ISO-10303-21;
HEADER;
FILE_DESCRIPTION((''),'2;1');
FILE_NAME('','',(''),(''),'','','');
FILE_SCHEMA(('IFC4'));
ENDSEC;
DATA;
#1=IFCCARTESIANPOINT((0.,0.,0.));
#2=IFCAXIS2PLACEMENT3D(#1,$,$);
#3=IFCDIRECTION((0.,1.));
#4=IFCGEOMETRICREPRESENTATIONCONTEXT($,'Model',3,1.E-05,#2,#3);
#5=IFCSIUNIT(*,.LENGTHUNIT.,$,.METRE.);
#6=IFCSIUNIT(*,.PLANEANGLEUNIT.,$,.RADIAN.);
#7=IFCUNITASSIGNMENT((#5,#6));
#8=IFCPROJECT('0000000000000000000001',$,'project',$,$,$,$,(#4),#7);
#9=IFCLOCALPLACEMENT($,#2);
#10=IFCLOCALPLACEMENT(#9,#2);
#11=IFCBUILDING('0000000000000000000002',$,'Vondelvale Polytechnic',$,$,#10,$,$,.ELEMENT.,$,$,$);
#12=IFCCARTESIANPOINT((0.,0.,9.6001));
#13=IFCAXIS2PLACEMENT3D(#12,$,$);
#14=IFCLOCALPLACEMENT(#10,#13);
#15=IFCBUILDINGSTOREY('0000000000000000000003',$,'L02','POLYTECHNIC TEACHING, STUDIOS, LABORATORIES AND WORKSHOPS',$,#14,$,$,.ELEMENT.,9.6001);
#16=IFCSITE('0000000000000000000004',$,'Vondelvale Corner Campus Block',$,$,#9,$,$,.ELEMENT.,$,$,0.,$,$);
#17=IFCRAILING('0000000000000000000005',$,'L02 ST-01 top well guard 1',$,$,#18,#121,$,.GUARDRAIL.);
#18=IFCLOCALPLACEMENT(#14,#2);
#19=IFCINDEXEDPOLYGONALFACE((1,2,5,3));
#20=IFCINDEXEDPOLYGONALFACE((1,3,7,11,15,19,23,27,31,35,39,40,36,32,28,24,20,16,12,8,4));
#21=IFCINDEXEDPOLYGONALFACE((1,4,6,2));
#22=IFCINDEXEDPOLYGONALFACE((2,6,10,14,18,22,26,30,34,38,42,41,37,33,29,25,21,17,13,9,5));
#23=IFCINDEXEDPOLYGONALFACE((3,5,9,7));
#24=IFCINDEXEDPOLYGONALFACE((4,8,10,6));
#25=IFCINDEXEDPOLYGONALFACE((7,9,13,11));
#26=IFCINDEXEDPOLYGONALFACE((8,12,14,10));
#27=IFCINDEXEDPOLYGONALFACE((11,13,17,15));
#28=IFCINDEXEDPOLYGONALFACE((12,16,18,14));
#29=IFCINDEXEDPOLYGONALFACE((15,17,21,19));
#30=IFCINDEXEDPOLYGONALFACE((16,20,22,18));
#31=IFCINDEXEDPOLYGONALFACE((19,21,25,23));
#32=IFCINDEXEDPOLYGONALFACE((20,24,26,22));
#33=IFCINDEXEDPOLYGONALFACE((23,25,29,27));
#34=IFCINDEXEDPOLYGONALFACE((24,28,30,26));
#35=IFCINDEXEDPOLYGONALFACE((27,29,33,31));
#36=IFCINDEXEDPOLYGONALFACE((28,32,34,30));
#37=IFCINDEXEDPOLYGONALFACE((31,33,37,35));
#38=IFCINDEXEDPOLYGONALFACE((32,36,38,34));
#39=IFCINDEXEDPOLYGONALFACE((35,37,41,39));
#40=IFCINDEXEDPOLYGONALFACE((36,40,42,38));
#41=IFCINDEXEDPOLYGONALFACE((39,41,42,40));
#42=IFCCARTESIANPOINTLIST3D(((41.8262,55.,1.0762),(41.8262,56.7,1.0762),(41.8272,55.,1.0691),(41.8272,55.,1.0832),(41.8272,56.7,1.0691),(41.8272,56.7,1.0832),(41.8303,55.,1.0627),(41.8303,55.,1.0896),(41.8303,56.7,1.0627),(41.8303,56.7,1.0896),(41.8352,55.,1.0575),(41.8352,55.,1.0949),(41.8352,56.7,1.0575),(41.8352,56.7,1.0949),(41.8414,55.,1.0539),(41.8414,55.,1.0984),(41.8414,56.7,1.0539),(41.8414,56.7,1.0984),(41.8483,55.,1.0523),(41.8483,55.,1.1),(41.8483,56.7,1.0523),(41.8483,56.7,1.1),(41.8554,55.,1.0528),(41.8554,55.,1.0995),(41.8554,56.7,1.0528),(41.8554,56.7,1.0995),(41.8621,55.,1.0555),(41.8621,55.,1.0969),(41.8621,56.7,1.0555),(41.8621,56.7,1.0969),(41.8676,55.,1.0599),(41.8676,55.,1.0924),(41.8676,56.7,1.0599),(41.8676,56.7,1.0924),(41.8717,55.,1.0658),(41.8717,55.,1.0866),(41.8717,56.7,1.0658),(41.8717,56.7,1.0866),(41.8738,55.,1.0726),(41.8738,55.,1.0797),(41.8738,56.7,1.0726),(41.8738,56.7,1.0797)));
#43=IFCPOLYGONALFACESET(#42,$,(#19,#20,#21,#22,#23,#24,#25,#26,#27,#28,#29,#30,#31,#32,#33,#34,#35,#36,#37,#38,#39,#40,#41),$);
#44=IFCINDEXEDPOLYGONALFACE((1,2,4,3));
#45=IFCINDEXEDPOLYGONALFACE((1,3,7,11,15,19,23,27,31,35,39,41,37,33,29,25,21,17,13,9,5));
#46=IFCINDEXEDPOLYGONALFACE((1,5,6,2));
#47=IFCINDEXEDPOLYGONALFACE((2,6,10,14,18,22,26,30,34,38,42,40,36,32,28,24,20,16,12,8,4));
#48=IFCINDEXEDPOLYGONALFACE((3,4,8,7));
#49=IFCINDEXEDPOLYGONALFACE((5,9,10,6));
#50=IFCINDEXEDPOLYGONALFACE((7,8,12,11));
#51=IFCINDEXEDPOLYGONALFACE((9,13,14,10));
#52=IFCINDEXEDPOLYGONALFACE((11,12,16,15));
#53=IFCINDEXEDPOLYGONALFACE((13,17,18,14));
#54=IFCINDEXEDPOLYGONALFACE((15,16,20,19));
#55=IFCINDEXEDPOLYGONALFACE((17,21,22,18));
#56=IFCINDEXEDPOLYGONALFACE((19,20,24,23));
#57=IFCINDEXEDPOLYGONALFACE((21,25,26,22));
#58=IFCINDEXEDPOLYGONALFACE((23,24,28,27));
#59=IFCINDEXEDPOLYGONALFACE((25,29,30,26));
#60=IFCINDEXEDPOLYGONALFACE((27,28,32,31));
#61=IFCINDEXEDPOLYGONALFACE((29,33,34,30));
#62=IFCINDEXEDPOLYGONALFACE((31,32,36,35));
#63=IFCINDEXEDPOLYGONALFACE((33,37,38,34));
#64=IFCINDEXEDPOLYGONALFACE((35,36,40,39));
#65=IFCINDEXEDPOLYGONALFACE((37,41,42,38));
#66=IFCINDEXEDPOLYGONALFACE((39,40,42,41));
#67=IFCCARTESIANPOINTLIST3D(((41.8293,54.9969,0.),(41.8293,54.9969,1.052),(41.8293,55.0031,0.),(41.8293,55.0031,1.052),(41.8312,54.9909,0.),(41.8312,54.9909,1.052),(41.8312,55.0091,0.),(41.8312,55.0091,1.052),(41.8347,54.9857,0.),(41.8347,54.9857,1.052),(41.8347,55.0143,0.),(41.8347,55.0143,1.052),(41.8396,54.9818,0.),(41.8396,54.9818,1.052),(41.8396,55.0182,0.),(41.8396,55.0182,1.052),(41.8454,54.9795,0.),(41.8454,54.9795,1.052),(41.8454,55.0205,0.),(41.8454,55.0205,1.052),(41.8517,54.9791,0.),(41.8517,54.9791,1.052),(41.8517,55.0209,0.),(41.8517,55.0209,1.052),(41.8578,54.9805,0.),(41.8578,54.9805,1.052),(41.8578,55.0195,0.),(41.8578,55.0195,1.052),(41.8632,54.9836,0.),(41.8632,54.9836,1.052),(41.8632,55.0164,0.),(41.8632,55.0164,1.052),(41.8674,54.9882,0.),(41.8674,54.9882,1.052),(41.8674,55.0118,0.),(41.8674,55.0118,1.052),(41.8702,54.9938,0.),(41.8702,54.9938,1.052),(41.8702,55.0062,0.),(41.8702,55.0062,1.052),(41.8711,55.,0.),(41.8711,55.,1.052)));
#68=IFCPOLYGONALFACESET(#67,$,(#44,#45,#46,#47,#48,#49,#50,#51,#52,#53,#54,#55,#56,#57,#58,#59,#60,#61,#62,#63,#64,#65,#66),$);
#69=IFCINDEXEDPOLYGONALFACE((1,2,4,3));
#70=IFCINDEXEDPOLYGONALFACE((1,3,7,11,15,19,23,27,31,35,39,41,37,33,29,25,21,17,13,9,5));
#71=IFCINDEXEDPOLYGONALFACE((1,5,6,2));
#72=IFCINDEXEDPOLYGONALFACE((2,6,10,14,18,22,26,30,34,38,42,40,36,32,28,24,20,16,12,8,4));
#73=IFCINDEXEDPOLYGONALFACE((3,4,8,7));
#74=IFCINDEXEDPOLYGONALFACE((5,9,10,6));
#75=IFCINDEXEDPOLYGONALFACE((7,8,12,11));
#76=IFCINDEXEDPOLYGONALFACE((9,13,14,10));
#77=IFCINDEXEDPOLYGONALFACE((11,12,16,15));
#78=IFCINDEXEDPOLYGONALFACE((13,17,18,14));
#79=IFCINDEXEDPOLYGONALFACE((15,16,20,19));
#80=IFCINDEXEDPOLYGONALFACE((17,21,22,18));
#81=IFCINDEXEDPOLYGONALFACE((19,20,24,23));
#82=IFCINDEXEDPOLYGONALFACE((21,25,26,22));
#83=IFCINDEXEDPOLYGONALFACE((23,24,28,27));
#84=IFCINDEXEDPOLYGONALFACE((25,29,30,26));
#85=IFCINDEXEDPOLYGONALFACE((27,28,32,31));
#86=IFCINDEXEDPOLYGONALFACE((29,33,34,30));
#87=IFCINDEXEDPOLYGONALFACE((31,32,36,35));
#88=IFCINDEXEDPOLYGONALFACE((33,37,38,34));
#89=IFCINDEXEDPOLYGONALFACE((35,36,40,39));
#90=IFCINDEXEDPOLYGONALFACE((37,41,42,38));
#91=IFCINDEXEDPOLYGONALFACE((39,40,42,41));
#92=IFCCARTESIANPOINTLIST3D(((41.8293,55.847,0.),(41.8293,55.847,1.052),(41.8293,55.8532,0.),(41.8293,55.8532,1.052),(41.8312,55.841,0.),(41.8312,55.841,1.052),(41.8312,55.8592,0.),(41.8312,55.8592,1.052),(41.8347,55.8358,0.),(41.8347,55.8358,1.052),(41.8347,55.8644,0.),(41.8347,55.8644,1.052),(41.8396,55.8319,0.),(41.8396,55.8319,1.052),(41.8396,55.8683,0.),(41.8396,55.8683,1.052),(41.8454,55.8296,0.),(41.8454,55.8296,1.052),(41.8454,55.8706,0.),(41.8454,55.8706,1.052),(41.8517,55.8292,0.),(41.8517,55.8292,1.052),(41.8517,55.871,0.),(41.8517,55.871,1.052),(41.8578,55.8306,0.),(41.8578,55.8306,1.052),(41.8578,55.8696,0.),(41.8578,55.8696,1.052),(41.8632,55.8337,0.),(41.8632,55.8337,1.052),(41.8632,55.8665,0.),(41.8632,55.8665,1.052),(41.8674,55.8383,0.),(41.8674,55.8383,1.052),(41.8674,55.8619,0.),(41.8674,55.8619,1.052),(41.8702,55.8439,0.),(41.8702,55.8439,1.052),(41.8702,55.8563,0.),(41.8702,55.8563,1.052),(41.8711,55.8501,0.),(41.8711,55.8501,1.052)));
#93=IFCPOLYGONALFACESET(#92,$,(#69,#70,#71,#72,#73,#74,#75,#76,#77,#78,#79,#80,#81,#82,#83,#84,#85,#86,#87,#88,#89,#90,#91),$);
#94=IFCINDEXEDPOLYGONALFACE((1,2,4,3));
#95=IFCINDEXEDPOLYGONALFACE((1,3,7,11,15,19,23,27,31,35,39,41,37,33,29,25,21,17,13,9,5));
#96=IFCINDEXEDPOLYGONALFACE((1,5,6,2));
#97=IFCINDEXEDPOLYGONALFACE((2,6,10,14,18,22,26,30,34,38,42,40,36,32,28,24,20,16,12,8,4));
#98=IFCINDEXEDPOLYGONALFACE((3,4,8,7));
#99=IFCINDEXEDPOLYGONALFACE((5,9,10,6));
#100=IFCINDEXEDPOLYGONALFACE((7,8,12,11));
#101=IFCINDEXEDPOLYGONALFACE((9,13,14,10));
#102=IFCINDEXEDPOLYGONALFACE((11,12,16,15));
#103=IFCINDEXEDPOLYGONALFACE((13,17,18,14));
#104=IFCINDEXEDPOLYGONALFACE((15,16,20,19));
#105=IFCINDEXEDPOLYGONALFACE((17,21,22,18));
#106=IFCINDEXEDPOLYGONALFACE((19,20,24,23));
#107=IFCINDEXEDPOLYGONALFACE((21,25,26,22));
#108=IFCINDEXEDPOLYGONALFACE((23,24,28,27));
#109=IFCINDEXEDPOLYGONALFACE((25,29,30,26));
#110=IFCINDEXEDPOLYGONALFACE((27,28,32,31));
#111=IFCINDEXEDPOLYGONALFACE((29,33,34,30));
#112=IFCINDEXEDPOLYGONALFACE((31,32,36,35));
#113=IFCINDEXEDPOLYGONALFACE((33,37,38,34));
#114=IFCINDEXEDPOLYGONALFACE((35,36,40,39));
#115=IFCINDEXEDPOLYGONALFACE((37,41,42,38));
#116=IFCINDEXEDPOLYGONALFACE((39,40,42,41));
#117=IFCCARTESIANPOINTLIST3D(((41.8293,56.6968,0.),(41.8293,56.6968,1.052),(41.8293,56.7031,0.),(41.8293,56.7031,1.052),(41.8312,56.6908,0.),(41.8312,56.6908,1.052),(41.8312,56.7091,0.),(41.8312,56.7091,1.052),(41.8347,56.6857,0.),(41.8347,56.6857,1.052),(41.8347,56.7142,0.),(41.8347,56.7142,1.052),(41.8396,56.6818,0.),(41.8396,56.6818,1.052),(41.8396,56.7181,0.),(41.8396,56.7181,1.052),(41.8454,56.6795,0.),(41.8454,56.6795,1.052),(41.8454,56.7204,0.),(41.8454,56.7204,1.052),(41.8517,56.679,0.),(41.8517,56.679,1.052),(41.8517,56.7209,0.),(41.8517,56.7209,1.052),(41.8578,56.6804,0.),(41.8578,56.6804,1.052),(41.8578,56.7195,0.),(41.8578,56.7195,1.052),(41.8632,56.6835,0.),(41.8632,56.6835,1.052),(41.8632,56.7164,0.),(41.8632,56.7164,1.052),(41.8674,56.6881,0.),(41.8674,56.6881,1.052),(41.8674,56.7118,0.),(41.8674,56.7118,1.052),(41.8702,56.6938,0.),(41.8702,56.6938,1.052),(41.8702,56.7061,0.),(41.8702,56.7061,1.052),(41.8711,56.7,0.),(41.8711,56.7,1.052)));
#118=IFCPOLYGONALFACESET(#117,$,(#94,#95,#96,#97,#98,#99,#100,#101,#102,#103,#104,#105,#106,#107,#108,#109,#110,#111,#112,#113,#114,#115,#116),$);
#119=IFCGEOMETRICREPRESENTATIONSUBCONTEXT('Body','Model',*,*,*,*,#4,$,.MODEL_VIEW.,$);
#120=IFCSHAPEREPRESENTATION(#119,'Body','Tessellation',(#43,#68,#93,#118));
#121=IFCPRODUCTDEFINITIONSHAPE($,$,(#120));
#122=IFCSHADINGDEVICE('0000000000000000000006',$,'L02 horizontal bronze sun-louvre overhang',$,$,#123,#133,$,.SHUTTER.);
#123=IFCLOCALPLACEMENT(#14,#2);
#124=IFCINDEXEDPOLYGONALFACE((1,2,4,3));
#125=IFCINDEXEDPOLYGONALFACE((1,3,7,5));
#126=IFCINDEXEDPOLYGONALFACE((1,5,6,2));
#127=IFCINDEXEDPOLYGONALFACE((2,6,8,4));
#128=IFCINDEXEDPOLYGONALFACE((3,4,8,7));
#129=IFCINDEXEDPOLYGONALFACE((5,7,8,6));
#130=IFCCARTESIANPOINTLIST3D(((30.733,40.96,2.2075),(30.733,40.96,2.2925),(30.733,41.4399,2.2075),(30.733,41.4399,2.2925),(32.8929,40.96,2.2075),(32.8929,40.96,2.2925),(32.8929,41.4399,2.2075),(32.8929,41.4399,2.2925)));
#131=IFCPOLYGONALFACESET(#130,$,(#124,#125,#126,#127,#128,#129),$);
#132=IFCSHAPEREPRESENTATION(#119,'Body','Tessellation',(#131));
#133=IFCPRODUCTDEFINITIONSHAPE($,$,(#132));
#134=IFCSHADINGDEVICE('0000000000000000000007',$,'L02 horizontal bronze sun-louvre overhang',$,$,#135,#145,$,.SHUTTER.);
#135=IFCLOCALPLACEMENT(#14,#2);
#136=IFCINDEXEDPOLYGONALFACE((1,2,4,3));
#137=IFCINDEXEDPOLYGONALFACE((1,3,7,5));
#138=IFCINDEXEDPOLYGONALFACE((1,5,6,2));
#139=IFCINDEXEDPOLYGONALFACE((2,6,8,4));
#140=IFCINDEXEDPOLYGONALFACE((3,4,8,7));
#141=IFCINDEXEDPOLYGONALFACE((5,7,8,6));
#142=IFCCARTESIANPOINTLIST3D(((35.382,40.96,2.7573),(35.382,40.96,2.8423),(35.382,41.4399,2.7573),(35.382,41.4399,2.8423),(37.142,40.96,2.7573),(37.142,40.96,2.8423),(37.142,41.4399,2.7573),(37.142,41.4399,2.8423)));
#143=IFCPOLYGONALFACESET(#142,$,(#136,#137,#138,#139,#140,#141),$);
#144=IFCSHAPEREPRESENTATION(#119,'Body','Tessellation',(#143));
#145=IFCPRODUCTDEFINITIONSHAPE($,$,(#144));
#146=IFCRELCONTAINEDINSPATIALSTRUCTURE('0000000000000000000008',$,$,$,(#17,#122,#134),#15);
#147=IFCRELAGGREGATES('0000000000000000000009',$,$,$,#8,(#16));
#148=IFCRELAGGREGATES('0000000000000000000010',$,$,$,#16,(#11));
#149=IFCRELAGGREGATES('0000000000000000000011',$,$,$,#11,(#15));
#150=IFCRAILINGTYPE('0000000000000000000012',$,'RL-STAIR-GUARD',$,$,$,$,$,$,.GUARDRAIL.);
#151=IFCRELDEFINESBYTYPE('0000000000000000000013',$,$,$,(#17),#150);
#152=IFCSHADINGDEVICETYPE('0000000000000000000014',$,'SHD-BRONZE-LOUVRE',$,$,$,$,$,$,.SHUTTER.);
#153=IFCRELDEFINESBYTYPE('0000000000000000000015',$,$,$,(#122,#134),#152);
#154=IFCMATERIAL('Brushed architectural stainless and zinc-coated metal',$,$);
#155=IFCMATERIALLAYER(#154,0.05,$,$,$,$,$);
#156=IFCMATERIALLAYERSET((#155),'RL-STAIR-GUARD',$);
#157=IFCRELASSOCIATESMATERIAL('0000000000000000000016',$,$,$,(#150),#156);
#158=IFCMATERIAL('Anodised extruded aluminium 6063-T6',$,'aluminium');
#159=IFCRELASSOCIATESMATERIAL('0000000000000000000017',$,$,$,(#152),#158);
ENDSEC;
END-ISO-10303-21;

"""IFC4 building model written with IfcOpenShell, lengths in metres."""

from ifc_helpers import new_model, si_unit, direction, frame, origin, origin_2d, place, context, subcontext, project, spatial, rectangle, circle, extrude, material, layer, layer_set, type_object, element, save


model = new_model("IFC4")

# Units and contexts
model_context = context("Model", 3, precision=1e-05, world=origin(), true_north=direction((0.0, 1.0)))
body_context = subcontext(model_context, "Body", "Model", "MODEL_VIEW")
ifc_project = project(units=[si_unit("LENGTHUNIT", "METRE"), si_unit("PLANEANGLEUNIT", "RADIAN")], contexts=[model_context])

# Site, building, storey
site_placement = place(None, origin())
site = spatial("IfcSite", under=ifc_project, at=site_placement, Name="Vondelvale Corner Campus Block", CompositionType="ELEMENT", RefElevation=0.0)
building_placement = place(site_placement, origin())
building = spatial("IfcBuilding", under=site, at=building_placement, Name="Vondelvale Polytechnic", CompositionType="ELEMENT")
storey_placement = place(building_placement, frame((0.0, 0.0, 9.6001)))
storey = spatial("IfcBuildingStorey", under=building, at=storey_placement, Name="L02", Description="POLYTECHNIC TEACHING, STUDIOS, LABORATORIES AND WORKSHOPS", CompositionType="ELEMENT", Elevation=9.6001)

# Shared definitions
ifc_material_1 = material(Name="Anodised extruded aluminium 6063-T6", Category="aluminium")

# Shared definitions
ifc_material_2 = material(Name="Brushed architectural stainless and zinc-coated metal")

# Railing
ifc_layer_1 = layer(ifc_material_2, 0.05)
ifc_layer_set_1 = layer_set([ifc_layer_1], Name="RL-STAIR-GUARD")
railing_type = type_object("IfcRailingType", Name="RL-STAIR-GUARD", PredefinedType="GUARDRAIL", material=ifc_layer_set_1)
railing_placement = place(storey_placement, frame((41.8501, 55.0, 0.0)))
element("IfcRailing", 1, at=railing_placement, inside=storey, type_object=railing_type, Name="L02 ST-01 top well guard 1", PredefinedType="GUARDRAIL", context=body_context, shape_type="SweptSolid", body=[
    extrude(circle(Radius=0.0239, at=origin_2d()), frame((0.0, 0.0, 1.0762), z_axis=(0.0, 1.0, 0.0), x_axis=(-1.0, 0.0, 0.0)), (0.0, 0.0, 1.0), 1.7),
    extrude(circle(Radius=0.021, at=origin_2d()), origin(), (0.0, 0.0, 1.0), 1.052),
    extrude(circle(Radius=0.021, at=origin_2d()), frame((0.0, 0.8501, 0.0)), (0.0, 0.0, 1.0), 1.052),
    extrude(circle(Radius=0.021, at=origin_2d()), frame((0.0, 1.7, 0.0)), (0.0, 0.0, 1.0), 1.052),
])

# Shading devices
shading_device_type = type_object("IfcShadingDeviceType", Name="SHD-BRONZE-LOUVRE", PredefinedType="SHUTTER", material=ifc_material_1)
shading_device_1_placement = place(storey_placement, frame((31.813, 41.2, 2.2075), z_axis=(0.0, 0.0, 1.0), x_axis=(1.0, 0.0, 0.0)))
element("IfcShadingDevice", 2, at=shading_device_1_placement, inside=storey, type_object=shading_device_type, Name="L02 horizontal bronze sun-louvre overhang", PredefinedType="SHUTTER", context=body_context, shape_type="SweptSolid", body=[
    extrude(rectangle(XDim=2.1599, YDim=0.48, at=origin_2d()), origin(), (0.0, 0.0, 1.0), 0.085),
])
shading_device_2_placement = place(storey_placement, frame((36.262, 41.2, 2.7573), z_axis=(0.0, 0.0, 1.0), x_axis=(1.0, 0.0, 0.0)))
element("IfcShadingDevice", 3, at=shading_device_2_placement, inside=storey, type_object=shading_device_type, Name="L02 horizontal bronze sun-louvre overhang", PredefinedType="SHUTTER", context=body_context, shape_type="SweptSolid", body=[
    extrude(rectangle(XDim=1.76, YDim=0.48, at=origin_2d()), origin(), (0.0, 0.0, 1.0), 0.085),
])

save(model, "model.ifc")
